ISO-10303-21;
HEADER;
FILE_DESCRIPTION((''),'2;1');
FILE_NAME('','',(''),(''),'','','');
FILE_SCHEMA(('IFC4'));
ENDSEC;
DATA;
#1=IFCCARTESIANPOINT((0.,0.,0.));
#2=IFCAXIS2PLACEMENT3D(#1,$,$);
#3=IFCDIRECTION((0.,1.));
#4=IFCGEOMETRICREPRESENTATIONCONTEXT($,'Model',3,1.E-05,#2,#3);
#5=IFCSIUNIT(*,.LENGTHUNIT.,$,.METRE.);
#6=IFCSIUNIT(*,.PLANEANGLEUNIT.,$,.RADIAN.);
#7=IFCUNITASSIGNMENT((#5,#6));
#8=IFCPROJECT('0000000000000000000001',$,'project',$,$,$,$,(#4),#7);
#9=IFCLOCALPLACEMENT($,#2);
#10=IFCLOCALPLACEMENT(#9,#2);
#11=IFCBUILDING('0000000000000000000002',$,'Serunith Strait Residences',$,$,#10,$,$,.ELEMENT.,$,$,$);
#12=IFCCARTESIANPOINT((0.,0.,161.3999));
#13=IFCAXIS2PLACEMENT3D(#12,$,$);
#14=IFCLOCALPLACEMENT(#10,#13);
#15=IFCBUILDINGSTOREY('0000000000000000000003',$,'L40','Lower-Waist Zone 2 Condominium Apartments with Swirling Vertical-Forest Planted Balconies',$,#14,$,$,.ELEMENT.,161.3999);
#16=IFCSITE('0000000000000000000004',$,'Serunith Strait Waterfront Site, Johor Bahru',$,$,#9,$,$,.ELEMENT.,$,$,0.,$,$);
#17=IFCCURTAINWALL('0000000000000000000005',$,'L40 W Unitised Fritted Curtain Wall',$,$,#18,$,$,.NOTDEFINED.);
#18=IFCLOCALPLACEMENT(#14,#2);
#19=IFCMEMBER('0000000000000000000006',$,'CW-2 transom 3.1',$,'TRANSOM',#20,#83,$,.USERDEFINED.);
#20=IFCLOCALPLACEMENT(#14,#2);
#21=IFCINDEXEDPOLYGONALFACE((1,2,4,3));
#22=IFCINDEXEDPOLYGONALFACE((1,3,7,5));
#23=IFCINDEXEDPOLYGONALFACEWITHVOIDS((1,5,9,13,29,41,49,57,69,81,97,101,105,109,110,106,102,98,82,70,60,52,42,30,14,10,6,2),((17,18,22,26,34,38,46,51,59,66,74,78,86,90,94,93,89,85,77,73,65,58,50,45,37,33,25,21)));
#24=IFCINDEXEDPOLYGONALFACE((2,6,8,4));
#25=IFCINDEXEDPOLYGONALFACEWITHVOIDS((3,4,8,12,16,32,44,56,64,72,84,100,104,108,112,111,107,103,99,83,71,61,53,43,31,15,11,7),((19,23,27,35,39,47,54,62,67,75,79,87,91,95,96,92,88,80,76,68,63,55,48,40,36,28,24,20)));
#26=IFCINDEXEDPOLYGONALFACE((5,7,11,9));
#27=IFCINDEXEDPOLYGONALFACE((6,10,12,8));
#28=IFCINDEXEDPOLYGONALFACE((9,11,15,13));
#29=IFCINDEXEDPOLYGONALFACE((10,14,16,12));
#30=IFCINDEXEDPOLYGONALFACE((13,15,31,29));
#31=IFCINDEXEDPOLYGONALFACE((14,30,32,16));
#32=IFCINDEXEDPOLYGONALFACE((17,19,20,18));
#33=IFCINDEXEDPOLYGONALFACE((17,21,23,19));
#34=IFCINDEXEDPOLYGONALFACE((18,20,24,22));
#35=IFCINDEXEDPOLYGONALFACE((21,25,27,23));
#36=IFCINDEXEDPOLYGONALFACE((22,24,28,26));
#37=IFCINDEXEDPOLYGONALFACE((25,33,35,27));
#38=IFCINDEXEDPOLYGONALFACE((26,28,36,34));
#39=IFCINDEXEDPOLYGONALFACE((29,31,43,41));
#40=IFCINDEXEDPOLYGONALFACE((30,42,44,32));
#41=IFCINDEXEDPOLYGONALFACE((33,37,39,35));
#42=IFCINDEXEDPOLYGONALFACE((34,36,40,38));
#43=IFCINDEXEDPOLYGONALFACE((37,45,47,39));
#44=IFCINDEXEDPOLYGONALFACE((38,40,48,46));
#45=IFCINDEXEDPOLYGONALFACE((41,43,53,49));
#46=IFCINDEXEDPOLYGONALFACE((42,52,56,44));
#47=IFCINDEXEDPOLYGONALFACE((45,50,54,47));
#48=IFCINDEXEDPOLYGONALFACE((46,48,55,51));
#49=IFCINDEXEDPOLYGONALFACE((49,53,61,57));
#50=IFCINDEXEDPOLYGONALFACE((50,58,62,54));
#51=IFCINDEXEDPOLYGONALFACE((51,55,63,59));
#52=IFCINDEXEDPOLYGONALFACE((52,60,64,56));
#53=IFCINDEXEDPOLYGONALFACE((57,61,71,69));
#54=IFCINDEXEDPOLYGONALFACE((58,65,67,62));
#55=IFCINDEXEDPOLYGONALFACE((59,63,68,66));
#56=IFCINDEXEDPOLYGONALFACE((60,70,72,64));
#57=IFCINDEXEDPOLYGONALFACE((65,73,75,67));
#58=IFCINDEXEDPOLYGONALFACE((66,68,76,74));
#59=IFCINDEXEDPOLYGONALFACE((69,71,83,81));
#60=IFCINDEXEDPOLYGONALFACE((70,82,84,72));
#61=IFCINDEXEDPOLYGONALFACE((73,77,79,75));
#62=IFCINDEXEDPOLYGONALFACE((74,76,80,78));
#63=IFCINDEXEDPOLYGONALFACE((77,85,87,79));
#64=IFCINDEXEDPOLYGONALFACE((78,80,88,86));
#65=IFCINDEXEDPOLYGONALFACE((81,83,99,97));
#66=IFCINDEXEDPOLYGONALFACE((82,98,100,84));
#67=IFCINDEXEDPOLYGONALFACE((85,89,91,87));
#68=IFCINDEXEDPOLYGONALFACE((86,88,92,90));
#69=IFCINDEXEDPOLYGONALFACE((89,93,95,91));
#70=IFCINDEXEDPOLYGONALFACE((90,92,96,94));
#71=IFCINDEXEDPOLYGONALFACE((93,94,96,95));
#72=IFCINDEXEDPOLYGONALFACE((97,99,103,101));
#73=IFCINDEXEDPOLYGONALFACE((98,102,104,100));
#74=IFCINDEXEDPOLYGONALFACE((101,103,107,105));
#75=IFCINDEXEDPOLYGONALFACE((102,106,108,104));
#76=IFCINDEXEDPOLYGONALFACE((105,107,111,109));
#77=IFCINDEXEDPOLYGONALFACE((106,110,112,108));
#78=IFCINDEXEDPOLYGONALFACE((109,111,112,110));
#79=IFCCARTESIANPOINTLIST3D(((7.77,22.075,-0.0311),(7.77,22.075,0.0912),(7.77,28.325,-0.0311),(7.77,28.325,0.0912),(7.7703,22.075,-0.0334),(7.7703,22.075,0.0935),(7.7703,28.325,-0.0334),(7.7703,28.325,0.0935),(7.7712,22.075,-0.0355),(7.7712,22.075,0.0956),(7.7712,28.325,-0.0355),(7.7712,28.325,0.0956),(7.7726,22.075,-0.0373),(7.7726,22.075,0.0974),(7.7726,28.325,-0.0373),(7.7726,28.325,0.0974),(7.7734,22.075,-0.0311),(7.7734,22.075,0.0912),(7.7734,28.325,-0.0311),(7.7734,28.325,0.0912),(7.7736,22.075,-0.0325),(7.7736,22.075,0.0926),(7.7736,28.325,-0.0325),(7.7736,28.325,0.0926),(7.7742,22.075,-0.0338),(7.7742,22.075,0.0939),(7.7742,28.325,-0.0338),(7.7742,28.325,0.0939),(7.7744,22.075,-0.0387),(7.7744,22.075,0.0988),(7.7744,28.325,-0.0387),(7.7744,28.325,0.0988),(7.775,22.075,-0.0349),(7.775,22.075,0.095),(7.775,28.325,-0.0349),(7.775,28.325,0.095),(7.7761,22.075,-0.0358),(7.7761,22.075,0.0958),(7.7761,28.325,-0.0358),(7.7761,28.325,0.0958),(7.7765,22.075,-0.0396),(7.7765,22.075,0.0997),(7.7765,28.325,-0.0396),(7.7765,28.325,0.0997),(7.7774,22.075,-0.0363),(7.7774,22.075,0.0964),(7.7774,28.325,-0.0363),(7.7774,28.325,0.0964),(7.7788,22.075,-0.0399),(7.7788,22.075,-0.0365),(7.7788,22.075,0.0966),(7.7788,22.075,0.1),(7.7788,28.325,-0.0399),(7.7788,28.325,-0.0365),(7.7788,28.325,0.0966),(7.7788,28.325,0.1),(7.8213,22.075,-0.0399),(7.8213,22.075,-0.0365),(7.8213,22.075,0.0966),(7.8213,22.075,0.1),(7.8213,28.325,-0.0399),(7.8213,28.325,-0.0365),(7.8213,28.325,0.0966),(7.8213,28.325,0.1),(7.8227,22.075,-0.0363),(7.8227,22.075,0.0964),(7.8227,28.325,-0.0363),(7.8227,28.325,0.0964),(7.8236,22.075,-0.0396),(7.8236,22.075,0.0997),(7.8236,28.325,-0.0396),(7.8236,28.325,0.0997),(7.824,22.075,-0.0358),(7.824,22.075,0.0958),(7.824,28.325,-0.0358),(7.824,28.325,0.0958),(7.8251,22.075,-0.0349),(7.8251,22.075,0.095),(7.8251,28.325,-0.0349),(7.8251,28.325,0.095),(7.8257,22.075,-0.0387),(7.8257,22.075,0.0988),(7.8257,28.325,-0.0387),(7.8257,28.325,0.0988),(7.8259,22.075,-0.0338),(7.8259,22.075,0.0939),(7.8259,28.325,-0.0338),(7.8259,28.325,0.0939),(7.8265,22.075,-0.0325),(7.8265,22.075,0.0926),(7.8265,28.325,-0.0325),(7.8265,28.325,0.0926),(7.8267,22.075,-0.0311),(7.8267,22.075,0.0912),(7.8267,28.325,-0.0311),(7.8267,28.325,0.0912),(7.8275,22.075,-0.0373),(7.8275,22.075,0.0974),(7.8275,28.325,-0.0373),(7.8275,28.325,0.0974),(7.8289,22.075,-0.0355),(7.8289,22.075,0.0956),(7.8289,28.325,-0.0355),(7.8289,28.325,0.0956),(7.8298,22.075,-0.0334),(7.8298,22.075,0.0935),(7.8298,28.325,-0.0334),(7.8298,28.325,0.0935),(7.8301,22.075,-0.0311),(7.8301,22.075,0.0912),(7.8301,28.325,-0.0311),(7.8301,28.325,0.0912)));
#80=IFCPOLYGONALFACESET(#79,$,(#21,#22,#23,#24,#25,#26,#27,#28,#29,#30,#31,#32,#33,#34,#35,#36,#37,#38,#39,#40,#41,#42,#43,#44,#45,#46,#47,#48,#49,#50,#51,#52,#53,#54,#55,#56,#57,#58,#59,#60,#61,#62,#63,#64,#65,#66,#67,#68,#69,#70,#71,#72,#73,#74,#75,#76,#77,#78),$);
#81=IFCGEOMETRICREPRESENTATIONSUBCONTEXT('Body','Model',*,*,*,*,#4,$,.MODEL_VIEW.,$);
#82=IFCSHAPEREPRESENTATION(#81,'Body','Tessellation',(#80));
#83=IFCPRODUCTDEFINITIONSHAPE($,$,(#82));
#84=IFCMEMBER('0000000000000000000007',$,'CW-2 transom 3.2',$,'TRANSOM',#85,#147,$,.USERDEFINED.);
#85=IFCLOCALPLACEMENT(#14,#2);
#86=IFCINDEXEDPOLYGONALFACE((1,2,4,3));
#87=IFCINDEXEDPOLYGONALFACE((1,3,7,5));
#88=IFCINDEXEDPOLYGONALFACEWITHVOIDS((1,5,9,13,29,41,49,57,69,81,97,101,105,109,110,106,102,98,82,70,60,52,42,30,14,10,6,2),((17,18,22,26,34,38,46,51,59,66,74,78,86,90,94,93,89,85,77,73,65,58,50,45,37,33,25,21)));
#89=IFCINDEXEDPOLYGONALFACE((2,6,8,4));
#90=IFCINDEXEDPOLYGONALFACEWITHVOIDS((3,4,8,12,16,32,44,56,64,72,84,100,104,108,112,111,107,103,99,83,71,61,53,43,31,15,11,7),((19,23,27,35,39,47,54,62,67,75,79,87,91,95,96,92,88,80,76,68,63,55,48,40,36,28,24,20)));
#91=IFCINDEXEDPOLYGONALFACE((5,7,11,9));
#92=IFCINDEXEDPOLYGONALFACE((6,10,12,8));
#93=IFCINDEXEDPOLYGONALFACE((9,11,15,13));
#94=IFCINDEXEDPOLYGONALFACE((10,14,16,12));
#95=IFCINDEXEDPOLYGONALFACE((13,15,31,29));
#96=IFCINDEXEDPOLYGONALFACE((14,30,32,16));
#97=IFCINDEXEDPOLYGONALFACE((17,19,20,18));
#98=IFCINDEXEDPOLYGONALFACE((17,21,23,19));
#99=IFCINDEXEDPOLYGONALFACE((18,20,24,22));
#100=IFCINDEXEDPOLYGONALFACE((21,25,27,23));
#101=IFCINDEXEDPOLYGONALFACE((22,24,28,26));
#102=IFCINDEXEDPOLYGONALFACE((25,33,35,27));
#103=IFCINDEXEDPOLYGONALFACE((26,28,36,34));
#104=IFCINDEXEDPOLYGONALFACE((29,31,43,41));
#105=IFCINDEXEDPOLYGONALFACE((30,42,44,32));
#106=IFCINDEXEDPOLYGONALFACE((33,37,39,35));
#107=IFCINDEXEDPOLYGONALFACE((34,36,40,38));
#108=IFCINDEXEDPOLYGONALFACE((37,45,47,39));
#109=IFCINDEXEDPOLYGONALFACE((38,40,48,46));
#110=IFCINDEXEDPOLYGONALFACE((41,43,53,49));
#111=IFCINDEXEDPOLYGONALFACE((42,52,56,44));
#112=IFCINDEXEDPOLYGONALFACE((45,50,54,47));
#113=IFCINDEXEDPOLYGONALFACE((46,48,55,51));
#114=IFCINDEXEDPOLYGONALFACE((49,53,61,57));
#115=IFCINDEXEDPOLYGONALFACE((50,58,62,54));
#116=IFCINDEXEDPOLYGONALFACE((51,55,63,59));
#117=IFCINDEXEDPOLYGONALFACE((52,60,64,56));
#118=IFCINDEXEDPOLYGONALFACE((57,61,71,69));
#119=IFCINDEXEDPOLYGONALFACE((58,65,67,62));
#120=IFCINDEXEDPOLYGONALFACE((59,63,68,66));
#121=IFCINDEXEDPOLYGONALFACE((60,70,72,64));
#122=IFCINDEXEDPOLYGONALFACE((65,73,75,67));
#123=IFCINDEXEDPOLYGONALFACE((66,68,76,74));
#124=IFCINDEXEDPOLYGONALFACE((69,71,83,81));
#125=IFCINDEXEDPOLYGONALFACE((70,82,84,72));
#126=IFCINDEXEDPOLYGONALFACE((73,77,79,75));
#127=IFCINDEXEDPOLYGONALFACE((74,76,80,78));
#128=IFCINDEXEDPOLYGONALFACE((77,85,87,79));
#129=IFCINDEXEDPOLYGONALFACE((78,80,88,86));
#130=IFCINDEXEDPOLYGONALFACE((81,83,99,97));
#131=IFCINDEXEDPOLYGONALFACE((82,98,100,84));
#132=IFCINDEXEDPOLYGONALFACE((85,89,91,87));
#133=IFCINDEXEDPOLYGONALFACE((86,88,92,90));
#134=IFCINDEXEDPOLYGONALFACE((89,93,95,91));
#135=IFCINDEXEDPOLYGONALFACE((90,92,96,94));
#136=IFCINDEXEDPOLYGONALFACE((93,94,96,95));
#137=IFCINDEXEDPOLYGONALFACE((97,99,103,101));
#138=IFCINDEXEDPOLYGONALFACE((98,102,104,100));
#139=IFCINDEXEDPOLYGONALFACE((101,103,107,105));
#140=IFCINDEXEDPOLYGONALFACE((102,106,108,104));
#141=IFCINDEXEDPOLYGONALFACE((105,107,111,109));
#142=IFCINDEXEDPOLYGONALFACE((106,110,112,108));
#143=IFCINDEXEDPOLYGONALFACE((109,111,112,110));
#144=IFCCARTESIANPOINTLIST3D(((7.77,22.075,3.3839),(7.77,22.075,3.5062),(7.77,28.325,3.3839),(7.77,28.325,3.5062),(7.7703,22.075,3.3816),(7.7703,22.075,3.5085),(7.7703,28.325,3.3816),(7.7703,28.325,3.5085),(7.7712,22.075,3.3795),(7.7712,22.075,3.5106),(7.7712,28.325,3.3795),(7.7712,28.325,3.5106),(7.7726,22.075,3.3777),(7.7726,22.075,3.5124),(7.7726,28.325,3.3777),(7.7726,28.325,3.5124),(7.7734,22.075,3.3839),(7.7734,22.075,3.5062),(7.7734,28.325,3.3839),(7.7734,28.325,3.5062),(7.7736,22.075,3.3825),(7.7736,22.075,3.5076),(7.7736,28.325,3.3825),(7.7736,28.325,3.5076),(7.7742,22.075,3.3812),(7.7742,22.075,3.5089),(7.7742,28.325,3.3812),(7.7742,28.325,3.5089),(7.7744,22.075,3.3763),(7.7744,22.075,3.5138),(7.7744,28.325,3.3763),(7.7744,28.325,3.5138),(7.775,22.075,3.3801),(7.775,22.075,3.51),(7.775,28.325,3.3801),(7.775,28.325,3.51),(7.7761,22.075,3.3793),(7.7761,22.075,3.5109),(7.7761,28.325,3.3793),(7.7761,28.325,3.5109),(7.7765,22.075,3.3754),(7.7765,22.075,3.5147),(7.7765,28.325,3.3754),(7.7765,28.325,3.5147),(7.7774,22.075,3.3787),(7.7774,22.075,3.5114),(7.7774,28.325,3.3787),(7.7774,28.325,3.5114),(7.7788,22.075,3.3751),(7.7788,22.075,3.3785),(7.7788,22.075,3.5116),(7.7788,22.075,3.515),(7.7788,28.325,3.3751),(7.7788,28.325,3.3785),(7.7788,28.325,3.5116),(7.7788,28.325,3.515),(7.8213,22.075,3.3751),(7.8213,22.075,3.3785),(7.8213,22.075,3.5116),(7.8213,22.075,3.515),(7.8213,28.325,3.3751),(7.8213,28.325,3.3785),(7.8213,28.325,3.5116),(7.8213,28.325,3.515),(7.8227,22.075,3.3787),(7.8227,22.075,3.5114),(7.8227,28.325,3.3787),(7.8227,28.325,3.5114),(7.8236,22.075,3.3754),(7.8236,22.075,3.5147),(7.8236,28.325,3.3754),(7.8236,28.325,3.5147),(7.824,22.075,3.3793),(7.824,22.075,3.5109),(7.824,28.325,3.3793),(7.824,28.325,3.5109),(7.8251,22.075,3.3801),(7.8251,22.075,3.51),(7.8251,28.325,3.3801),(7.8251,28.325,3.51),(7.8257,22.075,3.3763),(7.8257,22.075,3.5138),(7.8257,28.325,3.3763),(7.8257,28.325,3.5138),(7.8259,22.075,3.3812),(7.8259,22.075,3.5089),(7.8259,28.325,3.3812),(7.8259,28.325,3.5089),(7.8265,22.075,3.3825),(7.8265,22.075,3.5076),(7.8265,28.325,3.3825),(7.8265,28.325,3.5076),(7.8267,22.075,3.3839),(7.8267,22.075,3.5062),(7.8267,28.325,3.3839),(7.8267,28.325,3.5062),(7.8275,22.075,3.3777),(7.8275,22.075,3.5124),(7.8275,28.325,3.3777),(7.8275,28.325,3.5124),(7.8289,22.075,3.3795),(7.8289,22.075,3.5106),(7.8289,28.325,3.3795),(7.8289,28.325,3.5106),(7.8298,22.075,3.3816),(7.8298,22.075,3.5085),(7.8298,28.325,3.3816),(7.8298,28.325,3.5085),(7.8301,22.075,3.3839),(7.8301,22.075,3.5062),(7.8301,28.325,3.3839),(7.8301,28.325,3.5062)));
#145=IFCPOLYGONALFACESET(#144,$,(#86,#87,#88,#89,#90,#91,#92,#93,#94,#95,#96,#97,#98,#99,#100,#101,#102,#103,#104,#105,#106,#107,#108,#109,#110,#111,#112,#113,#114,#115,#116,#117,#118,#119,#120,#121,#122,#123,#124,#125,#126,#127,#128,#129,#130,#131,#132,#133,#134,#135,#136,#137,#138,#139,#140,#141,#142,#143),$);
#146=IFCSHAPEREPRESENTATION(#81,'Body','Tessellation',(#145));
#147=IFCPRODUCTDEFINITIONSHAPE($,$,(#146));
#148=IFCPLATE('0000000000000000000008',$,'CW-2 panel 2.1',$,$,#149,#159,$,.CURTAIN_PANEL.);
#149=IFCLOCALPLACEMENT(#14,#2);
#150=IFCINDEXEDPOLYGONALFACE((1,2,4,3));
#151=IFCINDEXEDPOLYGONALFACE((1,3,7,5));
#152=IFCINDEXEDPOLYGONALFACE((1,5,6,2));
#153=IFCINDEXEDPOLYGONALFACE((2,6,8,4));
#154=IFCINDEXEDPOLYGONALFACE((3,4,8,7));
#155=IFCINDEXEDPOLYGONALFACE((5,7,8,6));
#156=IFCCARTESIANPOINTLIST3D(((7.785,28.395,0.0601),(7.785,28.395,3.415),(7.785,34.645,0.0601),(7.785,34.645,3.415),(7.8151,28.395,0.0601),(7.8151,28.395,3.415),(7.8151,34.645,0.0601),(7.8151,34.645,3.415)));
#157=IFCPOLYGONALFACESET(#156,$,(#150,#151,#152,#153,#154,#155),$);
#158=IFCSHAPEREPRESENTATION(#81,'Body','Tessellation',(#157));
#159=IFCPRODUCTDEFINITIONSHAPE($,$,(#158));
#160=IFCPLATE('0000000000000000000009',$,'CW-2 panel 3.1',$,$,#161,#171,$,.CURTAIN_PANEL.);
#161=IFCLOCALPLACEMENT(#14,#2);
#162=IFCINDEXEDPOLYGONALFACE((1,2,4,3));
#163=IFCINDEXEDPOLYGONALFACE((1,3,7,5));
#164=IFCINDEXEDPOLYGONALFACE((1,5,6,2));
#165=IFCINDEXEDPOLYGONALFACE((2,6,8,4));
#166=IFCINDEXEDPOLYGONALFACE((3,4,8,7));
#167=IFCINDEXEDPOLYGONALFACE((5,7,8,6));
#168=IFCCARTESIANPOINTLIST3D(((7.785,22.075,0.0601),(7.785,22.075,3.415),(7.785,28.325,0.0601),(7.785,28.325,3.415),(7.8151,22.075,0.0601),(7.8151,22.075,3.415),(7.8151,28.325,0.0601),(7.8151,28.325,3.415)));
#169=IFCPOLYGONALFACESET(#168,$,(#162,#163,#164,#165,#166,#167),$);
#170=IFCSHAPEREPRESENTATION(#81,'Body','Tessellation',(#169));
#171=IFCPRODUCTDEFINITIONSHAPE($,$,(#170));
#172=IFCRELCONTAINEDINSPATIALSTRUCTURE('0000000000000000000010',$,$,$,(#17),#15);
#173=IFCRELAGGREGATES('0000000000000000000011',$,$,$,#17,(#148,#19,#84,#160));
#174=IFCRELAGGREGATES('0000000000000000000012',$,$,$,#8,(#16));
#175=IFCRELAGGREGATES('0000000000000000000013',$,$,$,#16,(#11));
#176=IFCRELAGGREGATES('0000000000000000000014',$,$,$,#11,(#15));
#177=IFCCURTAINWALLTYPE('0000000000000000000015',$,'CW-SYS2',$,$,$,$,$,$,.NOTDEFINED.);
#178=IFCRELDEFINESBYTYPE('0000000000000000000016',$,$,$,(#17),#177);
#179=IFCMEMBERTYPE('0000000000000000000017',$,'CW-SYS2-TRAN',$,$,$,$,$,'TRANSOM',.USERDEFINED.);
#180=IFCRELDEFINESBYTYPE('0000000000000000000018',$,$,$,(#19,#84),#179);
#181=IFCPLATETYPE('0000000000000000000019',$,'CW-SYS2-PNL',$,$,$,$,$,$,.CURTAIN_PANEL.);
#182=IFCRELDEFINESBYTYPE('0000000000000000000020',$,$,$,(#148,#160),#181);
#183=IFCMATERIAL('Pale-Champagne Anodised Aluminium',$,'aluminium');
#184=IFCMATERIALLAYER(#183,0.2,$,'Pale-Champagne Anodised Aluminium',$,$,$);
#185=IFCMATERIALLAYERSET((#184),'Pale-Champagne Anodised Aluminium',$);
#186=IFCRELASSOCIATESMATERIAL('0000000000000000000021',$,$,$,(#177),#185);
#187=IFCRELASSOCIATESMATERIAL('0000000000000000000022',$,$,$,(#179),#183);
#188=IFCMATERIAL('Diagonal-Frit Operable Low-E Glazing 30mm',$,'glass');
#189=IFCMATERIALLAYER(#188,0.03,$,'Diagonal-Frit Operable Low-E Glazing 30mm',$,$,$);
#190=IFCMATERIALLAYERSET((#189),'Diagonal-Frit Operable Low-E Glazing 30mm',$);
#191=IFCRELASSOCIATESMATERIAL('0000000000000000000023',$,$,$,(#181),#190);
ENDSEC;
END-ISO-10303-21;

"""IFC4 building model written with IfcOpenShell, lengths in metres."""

from ifc_helpers import new_model, si_unit, direction, frame, origin, origin_2d, place, context, subcontext, project, spatial, rectangle, hollow_rectangle, extrude, source, transform, mapped, material, layer, layer_set, material_profile, profile_set, type_object, element, aggregate, save


model = new_model("IFC4")

# Units and contexts
model_context = context("Model", 3, precision=1e-05, world=origin(), true_north=direction((0.0, 1.0)))
body_context = subcontext(model_context, "Body", "Model", "MODEL_VIEW")
ifc_project = project(units=[si_unit("LENGTHUNIT", "METRE"), si_unit("PLANEANGLEUNIT", "RADIAN")], contexts=[model_context])

# Site, building, storey
site_placement = place(None, origin())
site = spatial("IfcSite", under=ifc_project, at=site_placement, Name="Serunith Strait Waterfront Site, Johor Bahru", CompositionType="ELEMENT", RefElevation=0.0)
building_placement = place(site_placement, origin())
building = spatial("IfcBuilding", under=site, at=building_placement, Name="Serunith Strait Residences", CompositionType="ELEMENT")
storey_placement = place(building_placement, frame((0.0, 0.0, 161.3999)))
storey = spatial("IfcBuildingStorey", under=building, at=storey_placement, Name="L40", Description="Lower-Waist Zone 2 Condominium Apartments with Swirling Vertical-Forest Planted Balconies", CompositionType="ELEMENT", Elevation=161.3999)

# Curtain wall, members, plates
ifc_material_1 = material(Name="Pale-Champagne Anodised Aluminium", Category="aluminium")
ifc_layer_1 = layer(ifc_material_1, 0.2, Name="Pale-Champagne Anodised Aluminium")
ifc_layer_set_1 = layer_set([ifc_layer_1], Name="Pale-Champagne Anodised Aluminium")
curtain_wall_type = type_object("IfcCurtainWallType", Name="CW-SYS2", PredefinedType="NOTDEFINED", material=ifc_layer_set_1)
curtain_wall_placement = place(storey_placement, origin())
curtain_wall = element("IfcCurtainWall", 1, at=curtain_wall_placement, inside=storey, type_object=curtain_wall_type, Name="L40 W Unitised Fritted Curtain Wall", PredefinedType="NOTDEFINED")
ifc_material_profile_1 = material_profile(ifc_material_1, hollow_rectangle(XDim=0.0601, YDim=0.1399, WallThickness=0.0034, InnerFilletRadius=0.0054, OuterFilletRadius=0.0088, at=origin_2d()), Name="ALU 140x60x3.5")
ifc_profile_set_1 = profile_set([ifc_material_profile_1], Name="Pale-Champagne Anodised Aluminium")
member_type_1 = type_object("IfcMemberType", Name="CW-SYS2-TRAN", ElementType="TRANSOM", PredefinedType="USERDEFINED", material=ifc_profile_set_1)
shared_shape_1 = source(origin(), body_context, "Body", "SweptSolid", [
    extrude(hollow_rectangle(XDim=0.0601, YDim=0.1399, WallThickness=0.0034, InnerFilletRadius=0.0054, OuterFilletRadius=0.0088, at=origin_2d()), origin(), (0.0, 0.0, 1.0), 6.25),
])
member_1_placement = place(storey_placement, frame((7.8, 28.325, 0.03), z_axis=(0.0, -1.0, 0.0), x_axis=(1.0, 0.0, 0.0)))
member_1 = element("IfcMember", 2, at=member_1_placement, type_object=member_type_1, Name="CW-2 transom 3.1", ObjectType="TRANSOM", PredefinedType="USERDEFINED", context=body_context, shape_type="MappedRepresentation", body=[
    mapped(shared_shape_1, transform((0.0, 0.0, 0.0), scale=1.0)),
])
member_2_placement = place(storey_placement, frame((7.8, 28.325, 3.4451), z_axis=(0.0, -1.0, 0.0), x_axis=(1.0, 0.0, 0.0)))
member_2 = element("IfcMember", 3, at=member_2_placement, type_object=member_type_1, Name="CW-2 transom 3.2", ObjectType="TRANSOM", PredefinedType="USERDEFINED", context=body_context, shape_type="MappedRepresentation", body=[
    mapped(shared_shape_1, transform((0.0, 0.0, 0.0), scale=1.0)),
])
ifc_material_2 = material(Name="Diagonal-Frit Operable Low-E Glazing 30mm", Category="glass")
ifc_layer_2 = layer(ifc_material_2, 0.03, Name="Diagonal-Frit Operable Low-E Glazing 30mm")
ifc_layer_set_2 = layer_set([ifc_layer_2], Name="Diagonal-Frit Operable Low-E Glazing 30mm")
plate_type = type_object("IfcPlateType", Name="CW-SYS2-PNL", PredefinedType="CURTAIN_PANEL", material=ifc_layer_set_2)
shared_shape_2 = source(origin(), body_context, "Body", "SweptSolid", [
    extrude(rectangle(XDim=6.25, YDim=0.03, at=origin_2d()), origin(), (0.0, 0.0, 1.0), 3.355),
])
plate_1_placement = place(storey_placement, frame((7.8, 31.52, 0.0601), z_axis=(0.0, 0.0, 1.0), x_axis=(0.0, -1.0, 0.0)))
plate_1 = element("IfcPlate", 4, at=plate_1_placement, type_object=plate_type, Name="CW-2 panel 2.1", PredefinedType="CURTAIN_PANEL", context=body_context, shape_type="MappedRepresentation", body=[
    mapped(shared_shape_2, transform((0.0, 0.0, 0.0), scale=1.0)),
])
plate_2_placement = place(storey_placement, frame((7.8, 25.2, 0.0601), z_axis=(0.0, 0.0, 1.0), x_axis=(0.0, -1.0, 0.0)))
plate_2 = element("IfcPlate", 5, at=plate_2_placement, type_object=plate_type, Name="CW-2 panel 3.1", PredefinedType="CURTAIN_PANEL", context=body_context, shape_type="MappedRepresentation", body=[
    mapped(shared_shape_2, transform((0.0, 0.0, 0.0), scale=1.0)),
])
aggregate(curtain_wall, [plate_1, member_1, member_2, plate_2])

save(model, "model.ifc")
